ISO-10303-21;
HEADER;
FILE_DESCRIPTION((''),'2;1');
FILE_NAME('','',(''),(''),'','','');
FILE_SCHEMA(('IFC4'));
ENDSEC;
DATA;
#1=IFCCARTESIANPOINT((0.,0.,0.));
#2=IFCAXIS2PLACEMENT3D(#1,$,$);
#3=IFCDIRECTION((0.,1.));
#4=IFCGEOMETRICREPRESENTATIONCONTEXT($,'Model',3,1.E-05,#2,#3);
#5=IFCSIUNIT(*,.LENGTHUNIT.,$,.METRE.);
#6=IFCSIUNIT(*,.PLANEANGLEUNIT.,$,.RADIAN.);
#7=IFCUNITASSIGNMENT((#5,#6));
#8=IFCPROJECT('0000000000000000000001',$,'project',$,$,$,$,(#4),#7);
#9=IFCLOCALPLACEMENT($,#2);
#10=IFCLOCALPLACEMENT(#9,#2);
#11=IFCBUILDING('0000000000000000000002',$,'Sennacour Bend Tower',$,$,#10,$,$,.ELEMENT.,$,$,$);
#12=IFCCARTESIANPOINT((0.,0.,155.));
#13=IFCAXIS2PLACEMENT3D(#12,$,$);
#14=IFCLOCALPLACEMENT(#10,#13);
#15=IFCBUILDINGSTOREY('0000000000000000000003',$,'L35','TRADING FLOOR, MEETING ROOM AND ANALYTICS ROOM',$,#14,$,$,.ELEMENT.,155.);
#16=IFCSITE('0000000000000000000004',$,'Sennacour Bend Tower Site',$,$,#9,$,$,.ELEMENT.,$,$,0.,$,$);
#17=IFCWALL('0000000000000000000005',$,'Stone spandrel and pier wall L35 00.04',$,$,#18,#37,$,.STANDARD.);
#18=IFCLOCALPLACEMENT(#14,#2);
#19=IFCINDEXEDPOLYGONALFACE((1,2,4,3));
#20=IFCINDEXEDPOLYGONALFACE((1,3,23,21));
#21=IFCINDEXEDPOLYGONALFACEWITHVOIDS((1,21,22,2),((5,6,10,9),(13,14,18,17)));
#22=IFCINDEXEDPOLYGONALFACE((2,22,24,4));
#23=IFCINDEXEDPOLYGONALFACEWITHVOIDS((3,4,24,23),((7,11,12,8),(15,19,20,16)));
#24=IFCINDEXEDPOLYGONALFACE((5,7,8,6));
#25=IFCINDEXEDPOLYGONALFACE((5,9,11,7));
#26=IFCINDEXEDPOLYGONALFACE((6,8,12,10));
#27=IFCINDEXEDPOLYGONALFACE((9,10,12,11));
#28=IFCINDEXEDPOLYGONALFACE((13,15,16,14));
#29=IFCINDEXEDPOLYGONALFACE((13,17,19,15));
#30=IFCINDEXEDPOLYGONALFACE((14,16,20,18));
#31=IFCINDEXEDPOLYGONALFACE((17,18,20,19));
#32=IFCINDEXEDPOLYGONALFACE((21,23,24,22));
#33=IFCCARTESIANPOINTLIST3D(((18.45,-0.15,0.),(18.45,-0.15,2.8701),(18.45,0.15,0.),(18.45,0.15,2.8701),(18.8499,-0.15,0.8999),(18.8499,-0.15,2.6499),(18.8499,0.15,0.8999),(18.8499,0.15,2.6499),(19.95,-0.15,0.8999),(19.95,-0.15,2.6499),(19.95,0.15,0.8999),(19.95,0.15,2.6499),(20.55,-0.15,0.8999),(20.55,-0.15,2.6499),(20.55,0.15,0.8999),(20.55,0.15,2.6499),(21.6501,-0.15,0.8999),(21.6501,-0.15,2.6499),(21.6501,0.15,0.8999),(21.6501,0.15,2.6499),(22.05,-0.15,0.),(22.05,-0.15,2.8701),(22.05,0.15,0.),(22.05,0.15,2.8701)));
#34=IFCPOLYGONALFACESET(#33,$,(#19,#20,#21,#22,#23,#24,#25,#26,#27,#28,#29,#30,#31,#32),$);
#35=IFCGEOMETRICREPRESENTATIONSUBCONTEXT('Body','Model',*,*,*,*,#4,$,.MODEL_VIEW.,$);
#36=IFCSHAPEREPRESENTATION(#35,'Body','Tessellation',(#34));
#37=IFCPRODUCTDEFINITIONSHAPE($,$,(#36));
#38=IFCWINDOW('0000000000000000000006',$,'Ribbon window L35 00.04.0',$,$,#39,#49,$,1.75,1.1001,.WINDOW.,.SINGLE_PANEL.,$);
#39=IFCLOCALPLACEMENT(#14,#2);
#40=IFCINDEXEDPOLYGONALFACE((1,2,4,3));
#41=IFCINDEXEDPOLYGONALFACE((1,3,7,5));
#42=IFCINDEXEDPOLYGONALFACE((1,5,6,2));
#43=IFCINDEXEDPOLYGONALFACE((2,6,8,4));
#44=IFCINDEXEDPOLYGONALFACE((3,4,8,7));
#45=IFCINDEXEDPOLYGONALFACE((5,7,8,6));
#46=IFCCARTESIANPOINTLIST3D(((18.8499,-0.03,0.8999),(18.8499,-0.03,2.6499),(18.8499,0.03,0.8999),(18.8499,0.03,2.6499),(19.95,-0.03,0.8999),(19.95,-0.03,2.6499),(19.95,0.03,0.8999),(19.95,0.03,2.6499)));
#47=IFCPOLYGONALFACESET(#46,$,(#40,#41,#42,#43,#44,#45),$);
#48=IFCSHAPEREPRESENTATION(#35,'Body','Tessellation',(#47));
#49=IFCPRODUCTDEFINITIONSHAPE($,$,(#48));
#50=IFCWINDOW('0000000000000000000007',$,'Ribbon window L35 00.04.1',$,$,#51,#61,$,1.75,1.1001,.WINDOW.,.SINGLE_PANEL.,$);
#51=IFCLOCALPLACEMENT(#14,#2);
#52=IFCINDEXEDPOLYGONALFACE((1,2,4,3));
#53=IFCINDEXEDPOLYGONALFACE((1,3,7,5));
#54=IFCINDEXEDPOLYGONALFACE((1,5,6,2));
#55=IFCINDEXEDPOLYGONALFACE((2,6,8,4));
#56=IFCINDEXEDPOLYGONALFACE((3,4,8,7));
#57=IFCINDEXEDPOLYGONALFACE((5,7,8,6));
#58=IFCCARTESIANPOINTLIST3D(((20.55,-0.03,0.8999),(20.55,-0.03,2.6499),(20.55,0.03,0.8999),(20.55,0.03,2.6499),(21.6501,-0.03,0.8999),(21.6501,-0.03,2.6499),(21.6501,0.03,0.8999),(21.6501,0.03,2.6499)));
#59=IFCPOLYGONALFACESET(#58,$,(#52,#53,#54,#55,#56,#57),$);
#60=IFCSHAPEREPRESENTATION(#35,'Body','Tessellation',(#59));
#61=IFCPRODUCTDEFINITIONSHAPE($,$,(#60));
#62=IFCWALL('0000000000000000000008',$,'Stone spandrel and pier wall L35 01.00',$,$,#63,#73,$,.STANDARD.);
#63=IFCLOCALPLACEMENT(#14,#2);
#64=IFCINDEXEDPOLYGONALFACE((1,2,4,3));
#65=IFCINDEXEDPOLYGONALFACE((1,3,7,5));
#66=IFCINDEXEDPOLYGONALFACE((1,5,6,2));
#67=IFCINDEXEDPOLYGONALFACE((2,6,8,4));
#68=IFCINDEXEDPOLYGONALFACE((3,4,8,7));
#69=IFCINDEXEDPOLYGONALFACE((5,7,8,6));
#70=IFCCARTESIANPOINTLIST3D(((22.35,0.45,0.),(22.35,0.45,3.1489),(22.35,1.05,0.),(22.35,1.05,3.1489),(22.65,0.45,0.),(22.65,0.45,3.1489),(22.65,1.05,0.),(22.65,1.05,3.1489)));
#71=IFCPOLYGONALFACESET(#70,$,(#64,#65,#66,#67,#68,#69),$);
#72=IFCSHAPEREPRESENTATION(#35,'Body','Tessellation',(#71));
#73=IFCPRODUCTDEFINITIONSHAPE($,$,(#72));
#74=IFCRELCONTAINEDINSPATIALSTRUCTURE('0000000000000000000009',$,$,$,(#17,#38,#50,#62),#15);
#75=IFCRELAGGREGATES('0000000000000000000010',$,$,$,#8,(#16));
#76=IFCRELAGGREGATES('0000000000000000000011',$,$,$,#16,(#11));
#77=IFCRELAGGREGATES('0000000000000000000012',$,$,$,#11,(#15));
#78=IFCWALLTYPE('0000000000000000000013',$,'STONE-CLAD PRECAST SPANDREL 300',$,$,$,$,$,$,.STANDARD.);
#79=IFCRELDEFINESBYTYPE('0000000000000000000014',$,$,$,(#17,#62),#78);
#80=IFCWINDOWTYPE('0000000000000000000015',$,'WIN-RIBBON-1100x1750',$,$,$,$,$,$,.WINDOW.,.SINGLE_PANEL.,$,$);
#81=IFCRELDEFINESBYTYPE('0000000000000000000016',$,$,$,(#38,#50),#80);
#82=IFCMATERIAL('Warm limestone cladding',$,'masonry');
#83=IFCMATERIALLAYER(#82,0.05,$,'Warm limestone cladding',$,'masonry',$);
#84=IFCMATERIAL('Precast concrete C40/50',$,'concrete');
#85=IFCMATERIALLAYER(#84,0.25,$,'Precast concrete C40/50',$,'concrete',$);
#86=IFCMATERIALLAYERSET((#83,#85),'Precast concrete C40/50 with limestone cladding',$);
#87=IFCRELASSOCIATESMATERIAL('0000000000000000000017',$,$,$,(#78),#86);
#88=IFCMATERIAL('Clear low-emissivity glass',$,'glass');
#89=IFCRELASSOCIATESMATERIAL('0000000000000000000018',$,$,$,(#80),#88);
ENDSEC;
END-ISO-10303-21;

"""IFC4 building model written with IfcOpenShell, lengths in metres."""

from ifc_helpers import new_model, si_unit, direction, frame, frame_2d, origin, place, context, subcontext, project, spatial, rectangle, extrude, material, layer, layer_set, type_object, element, fill, save


model = new_model("IFC4")

# Units and contexts
model_context = context("Model", 3, precision=1e-05, world=origin(), true_north=direction((0.0, 1.0)))
body_context = subcontext(model_context, "Body", "Model", "MODEL_VIEW")
ifc_project = project(units=[si_unit("LENGTHUNIT", "METRE"), si_unit("PLANEANGLEUNIT", "RADIAN")], contexts=[model_context])

# Site, building, storey
site_placement = place(None, origin())
site = spatial("IfcSite", under=ifc_project, at=site_placement, Name="Sennacour Bend Tower Site", CompositionType="ELEMENT", RefElevation=0.0)
building_placement = place(site_placement, origin())
building = spatial("IfcBuilding", under=site, at=building_placement, Name="Sennacour Bend Tower", CompositionType="ELEMENT")
storey_placement = place(building_placement, frame((0.0, 0.0, 155.0)))
storey = spatial("IfcBuildingStorey", under=building, at=storey_placement, Name="L35", Description="TRADING FLOOR, MEETING ROOM AND ANALYTICS ROOM", CompositionType="ELEMENT", Elevation=155.0)

# Wall, openings, windows
ifc_material_1 = material(Name="Warm limestone cladding", Category="masonry")
ifc_layer_1 = layer(ifc_material_1, 0.05, Name="Warm limestone cladding", Category="masonry")
ifc_material_2 = material(Name="Precast concrete C40/50", Category="concrete")
ifc_layer_2 = layer(ifc_material_2, 0.25, Name="Precast concrete C40/50", Category="concrete")
ifc_layer_set_1 = layer_set([ifc_layer_1, ifc_layer_2], Name="Precast concrete C40/50 with limestone cladding")
wall_type_1 = type_object("IfcWallType", Name="STONE-CLAD PRECAST SPANDREL 300", PredefinedType="STANDARD", material=ifc_layer_set_1)
ifc_material_3 = material(Name="Clear low-emissivity glass", Category="glass")
window_type = type_object("IfcWindowType", Name="WIN-RIBBON-1100x1750", PartitioningType="SINGLE_PANEL", PredefinedType="WINDOW", material=ifc_material_3)
wall_1_placement = place(storey_placement, frame((18.45, 0.0, 0.0), z_axis=(0.0, 0.0, 1.0), x_axis=(1.0, 0.0, 0.0)))
wall_1 = element("IfcWall", 1, at=wall_1_placement, inside=storey, type_object=wall_type_1, Name="Stone spandrel and pier wall L35 00.04", PredefinedType="STANDARD", context=body_context, shape_type="SweptSolid", body=[
    extrude(rectangle(XDim=3.6001, YDim=0.3, at=frame_2d((1.8, 0.0))), origin(), (0.0, 0.0, 1.0), 2.8701),
])
opening_1_placement = place(wall_1_placement, frame((0.3999, 0.0, 0.8999)))
opening_1 = element("IfcOpeningElement", 2, at=opening_1_placement, cuts=wall_1, PredefinedType="OPENING", context=body_context, shape_type="SweptSolid", body=[
    extrude(rectangle(XDim=1.1001, YDim=1.75, at=frame_2d((0.55, 0.875))), frame((0.0, 0.1602, 0.0), z_axis=(0.0, -1.0, 0.0), x_axis=(1.0, 0.0, 0.0)), (0.0, 0.0, 1.0), 0.3201),
])
opening_2_placement = place(wall_1_placement, frame((2.1001, 0.0, 0.8999)))
opening_2 = element("IfcOpeningElement", 3, at=opening_2_placement, cuts=wall_1, PredefinedType="OPENING", context=body_context, shape_type="SweptSolid", body=[
    extrude(rectangle(XDim=1.1001, YDim=1.75, at=frame_2d((0.55, 0.875))), frame((0.0, 0.1602, 0.0), z_axis=(0.0, -1.0, 0.0), x_axis=(1.0, 0.0, 0.0)), (0.0, 0.0, 1.0), 0.3201),
])
window_1_placement = place(opening_1_placement, origin())
window_1 = element("IfcWindow", 4, at=window_1_placement, inside=storey, type_object=window_type, Name="Ribbon window L35 00.04.0", OverallHeight=1.75, OverallWidth=1.1001, PartitioningType="SINGLE_PANEL", PredefinedType="WINDOW", context=body_context, shape_type="SweptSolid", body=[
    extrude(rectangle(XDim=1.1001, YDim=1.75, at=frame_2d((0.55, 0.875))), frame((0.0, 0.03, 0.0), z_axis=(0.0, -1.0, 0.0), x_axis=(1.0, 0.0, 0.0)), (0.0, 0.0, 1.0), 0.0601),
])
fill(opening_1, window_1)
window_2_placement = place(opening_2_placement, origin())
window_2 = element("IfcWindow", 5, at=window_2_placement, inside=storey, type_object=window_type, Name="Ribbon window L35 00.04.1", OverallHeight=1.75, OverallWidth=1.1001, PartitioningType="SINGLE_PANEL", PredefinedType="WINDOW", context=body_context, shape_type="SweptSolid", body=[
    extrude(rectangle(XDim=1.1001, YDim=1.75, at=frame_2d((0.55, 0.875))), frame((0.0, 0.03, 0.0), z_axis=(0.0, -1.0, 0.0), x_axis=(1.0, 0.0, 0.0)), (0.0, 0.0, 1.0), 0.0601),
])
fill(opening_2, window_2)

# Wall
wall_2_placement = place(storey_placement, frame((22.5, 0.45, 0.0), z_axis=(0.0, 0.0, 1.0), x_axis=(0.0, 1.0, 0.0)))
element("IfcWall", 6, at=wall_2_placement, inside=storey, type_object=wall_type_1, Name="Stone spandrel and pier wall L35 01.00", PredefinedType="STANDARD", context=body_context, shape_type="SweptSolid", body=[
    extrude(rectangle(XDim=0.6001, YDim=0.3, at=frame_2d((0.3, 0.0))), origin(), (0.0, 0.0, 1.0), 3.1489),
])

save(model, "model.ifc")
